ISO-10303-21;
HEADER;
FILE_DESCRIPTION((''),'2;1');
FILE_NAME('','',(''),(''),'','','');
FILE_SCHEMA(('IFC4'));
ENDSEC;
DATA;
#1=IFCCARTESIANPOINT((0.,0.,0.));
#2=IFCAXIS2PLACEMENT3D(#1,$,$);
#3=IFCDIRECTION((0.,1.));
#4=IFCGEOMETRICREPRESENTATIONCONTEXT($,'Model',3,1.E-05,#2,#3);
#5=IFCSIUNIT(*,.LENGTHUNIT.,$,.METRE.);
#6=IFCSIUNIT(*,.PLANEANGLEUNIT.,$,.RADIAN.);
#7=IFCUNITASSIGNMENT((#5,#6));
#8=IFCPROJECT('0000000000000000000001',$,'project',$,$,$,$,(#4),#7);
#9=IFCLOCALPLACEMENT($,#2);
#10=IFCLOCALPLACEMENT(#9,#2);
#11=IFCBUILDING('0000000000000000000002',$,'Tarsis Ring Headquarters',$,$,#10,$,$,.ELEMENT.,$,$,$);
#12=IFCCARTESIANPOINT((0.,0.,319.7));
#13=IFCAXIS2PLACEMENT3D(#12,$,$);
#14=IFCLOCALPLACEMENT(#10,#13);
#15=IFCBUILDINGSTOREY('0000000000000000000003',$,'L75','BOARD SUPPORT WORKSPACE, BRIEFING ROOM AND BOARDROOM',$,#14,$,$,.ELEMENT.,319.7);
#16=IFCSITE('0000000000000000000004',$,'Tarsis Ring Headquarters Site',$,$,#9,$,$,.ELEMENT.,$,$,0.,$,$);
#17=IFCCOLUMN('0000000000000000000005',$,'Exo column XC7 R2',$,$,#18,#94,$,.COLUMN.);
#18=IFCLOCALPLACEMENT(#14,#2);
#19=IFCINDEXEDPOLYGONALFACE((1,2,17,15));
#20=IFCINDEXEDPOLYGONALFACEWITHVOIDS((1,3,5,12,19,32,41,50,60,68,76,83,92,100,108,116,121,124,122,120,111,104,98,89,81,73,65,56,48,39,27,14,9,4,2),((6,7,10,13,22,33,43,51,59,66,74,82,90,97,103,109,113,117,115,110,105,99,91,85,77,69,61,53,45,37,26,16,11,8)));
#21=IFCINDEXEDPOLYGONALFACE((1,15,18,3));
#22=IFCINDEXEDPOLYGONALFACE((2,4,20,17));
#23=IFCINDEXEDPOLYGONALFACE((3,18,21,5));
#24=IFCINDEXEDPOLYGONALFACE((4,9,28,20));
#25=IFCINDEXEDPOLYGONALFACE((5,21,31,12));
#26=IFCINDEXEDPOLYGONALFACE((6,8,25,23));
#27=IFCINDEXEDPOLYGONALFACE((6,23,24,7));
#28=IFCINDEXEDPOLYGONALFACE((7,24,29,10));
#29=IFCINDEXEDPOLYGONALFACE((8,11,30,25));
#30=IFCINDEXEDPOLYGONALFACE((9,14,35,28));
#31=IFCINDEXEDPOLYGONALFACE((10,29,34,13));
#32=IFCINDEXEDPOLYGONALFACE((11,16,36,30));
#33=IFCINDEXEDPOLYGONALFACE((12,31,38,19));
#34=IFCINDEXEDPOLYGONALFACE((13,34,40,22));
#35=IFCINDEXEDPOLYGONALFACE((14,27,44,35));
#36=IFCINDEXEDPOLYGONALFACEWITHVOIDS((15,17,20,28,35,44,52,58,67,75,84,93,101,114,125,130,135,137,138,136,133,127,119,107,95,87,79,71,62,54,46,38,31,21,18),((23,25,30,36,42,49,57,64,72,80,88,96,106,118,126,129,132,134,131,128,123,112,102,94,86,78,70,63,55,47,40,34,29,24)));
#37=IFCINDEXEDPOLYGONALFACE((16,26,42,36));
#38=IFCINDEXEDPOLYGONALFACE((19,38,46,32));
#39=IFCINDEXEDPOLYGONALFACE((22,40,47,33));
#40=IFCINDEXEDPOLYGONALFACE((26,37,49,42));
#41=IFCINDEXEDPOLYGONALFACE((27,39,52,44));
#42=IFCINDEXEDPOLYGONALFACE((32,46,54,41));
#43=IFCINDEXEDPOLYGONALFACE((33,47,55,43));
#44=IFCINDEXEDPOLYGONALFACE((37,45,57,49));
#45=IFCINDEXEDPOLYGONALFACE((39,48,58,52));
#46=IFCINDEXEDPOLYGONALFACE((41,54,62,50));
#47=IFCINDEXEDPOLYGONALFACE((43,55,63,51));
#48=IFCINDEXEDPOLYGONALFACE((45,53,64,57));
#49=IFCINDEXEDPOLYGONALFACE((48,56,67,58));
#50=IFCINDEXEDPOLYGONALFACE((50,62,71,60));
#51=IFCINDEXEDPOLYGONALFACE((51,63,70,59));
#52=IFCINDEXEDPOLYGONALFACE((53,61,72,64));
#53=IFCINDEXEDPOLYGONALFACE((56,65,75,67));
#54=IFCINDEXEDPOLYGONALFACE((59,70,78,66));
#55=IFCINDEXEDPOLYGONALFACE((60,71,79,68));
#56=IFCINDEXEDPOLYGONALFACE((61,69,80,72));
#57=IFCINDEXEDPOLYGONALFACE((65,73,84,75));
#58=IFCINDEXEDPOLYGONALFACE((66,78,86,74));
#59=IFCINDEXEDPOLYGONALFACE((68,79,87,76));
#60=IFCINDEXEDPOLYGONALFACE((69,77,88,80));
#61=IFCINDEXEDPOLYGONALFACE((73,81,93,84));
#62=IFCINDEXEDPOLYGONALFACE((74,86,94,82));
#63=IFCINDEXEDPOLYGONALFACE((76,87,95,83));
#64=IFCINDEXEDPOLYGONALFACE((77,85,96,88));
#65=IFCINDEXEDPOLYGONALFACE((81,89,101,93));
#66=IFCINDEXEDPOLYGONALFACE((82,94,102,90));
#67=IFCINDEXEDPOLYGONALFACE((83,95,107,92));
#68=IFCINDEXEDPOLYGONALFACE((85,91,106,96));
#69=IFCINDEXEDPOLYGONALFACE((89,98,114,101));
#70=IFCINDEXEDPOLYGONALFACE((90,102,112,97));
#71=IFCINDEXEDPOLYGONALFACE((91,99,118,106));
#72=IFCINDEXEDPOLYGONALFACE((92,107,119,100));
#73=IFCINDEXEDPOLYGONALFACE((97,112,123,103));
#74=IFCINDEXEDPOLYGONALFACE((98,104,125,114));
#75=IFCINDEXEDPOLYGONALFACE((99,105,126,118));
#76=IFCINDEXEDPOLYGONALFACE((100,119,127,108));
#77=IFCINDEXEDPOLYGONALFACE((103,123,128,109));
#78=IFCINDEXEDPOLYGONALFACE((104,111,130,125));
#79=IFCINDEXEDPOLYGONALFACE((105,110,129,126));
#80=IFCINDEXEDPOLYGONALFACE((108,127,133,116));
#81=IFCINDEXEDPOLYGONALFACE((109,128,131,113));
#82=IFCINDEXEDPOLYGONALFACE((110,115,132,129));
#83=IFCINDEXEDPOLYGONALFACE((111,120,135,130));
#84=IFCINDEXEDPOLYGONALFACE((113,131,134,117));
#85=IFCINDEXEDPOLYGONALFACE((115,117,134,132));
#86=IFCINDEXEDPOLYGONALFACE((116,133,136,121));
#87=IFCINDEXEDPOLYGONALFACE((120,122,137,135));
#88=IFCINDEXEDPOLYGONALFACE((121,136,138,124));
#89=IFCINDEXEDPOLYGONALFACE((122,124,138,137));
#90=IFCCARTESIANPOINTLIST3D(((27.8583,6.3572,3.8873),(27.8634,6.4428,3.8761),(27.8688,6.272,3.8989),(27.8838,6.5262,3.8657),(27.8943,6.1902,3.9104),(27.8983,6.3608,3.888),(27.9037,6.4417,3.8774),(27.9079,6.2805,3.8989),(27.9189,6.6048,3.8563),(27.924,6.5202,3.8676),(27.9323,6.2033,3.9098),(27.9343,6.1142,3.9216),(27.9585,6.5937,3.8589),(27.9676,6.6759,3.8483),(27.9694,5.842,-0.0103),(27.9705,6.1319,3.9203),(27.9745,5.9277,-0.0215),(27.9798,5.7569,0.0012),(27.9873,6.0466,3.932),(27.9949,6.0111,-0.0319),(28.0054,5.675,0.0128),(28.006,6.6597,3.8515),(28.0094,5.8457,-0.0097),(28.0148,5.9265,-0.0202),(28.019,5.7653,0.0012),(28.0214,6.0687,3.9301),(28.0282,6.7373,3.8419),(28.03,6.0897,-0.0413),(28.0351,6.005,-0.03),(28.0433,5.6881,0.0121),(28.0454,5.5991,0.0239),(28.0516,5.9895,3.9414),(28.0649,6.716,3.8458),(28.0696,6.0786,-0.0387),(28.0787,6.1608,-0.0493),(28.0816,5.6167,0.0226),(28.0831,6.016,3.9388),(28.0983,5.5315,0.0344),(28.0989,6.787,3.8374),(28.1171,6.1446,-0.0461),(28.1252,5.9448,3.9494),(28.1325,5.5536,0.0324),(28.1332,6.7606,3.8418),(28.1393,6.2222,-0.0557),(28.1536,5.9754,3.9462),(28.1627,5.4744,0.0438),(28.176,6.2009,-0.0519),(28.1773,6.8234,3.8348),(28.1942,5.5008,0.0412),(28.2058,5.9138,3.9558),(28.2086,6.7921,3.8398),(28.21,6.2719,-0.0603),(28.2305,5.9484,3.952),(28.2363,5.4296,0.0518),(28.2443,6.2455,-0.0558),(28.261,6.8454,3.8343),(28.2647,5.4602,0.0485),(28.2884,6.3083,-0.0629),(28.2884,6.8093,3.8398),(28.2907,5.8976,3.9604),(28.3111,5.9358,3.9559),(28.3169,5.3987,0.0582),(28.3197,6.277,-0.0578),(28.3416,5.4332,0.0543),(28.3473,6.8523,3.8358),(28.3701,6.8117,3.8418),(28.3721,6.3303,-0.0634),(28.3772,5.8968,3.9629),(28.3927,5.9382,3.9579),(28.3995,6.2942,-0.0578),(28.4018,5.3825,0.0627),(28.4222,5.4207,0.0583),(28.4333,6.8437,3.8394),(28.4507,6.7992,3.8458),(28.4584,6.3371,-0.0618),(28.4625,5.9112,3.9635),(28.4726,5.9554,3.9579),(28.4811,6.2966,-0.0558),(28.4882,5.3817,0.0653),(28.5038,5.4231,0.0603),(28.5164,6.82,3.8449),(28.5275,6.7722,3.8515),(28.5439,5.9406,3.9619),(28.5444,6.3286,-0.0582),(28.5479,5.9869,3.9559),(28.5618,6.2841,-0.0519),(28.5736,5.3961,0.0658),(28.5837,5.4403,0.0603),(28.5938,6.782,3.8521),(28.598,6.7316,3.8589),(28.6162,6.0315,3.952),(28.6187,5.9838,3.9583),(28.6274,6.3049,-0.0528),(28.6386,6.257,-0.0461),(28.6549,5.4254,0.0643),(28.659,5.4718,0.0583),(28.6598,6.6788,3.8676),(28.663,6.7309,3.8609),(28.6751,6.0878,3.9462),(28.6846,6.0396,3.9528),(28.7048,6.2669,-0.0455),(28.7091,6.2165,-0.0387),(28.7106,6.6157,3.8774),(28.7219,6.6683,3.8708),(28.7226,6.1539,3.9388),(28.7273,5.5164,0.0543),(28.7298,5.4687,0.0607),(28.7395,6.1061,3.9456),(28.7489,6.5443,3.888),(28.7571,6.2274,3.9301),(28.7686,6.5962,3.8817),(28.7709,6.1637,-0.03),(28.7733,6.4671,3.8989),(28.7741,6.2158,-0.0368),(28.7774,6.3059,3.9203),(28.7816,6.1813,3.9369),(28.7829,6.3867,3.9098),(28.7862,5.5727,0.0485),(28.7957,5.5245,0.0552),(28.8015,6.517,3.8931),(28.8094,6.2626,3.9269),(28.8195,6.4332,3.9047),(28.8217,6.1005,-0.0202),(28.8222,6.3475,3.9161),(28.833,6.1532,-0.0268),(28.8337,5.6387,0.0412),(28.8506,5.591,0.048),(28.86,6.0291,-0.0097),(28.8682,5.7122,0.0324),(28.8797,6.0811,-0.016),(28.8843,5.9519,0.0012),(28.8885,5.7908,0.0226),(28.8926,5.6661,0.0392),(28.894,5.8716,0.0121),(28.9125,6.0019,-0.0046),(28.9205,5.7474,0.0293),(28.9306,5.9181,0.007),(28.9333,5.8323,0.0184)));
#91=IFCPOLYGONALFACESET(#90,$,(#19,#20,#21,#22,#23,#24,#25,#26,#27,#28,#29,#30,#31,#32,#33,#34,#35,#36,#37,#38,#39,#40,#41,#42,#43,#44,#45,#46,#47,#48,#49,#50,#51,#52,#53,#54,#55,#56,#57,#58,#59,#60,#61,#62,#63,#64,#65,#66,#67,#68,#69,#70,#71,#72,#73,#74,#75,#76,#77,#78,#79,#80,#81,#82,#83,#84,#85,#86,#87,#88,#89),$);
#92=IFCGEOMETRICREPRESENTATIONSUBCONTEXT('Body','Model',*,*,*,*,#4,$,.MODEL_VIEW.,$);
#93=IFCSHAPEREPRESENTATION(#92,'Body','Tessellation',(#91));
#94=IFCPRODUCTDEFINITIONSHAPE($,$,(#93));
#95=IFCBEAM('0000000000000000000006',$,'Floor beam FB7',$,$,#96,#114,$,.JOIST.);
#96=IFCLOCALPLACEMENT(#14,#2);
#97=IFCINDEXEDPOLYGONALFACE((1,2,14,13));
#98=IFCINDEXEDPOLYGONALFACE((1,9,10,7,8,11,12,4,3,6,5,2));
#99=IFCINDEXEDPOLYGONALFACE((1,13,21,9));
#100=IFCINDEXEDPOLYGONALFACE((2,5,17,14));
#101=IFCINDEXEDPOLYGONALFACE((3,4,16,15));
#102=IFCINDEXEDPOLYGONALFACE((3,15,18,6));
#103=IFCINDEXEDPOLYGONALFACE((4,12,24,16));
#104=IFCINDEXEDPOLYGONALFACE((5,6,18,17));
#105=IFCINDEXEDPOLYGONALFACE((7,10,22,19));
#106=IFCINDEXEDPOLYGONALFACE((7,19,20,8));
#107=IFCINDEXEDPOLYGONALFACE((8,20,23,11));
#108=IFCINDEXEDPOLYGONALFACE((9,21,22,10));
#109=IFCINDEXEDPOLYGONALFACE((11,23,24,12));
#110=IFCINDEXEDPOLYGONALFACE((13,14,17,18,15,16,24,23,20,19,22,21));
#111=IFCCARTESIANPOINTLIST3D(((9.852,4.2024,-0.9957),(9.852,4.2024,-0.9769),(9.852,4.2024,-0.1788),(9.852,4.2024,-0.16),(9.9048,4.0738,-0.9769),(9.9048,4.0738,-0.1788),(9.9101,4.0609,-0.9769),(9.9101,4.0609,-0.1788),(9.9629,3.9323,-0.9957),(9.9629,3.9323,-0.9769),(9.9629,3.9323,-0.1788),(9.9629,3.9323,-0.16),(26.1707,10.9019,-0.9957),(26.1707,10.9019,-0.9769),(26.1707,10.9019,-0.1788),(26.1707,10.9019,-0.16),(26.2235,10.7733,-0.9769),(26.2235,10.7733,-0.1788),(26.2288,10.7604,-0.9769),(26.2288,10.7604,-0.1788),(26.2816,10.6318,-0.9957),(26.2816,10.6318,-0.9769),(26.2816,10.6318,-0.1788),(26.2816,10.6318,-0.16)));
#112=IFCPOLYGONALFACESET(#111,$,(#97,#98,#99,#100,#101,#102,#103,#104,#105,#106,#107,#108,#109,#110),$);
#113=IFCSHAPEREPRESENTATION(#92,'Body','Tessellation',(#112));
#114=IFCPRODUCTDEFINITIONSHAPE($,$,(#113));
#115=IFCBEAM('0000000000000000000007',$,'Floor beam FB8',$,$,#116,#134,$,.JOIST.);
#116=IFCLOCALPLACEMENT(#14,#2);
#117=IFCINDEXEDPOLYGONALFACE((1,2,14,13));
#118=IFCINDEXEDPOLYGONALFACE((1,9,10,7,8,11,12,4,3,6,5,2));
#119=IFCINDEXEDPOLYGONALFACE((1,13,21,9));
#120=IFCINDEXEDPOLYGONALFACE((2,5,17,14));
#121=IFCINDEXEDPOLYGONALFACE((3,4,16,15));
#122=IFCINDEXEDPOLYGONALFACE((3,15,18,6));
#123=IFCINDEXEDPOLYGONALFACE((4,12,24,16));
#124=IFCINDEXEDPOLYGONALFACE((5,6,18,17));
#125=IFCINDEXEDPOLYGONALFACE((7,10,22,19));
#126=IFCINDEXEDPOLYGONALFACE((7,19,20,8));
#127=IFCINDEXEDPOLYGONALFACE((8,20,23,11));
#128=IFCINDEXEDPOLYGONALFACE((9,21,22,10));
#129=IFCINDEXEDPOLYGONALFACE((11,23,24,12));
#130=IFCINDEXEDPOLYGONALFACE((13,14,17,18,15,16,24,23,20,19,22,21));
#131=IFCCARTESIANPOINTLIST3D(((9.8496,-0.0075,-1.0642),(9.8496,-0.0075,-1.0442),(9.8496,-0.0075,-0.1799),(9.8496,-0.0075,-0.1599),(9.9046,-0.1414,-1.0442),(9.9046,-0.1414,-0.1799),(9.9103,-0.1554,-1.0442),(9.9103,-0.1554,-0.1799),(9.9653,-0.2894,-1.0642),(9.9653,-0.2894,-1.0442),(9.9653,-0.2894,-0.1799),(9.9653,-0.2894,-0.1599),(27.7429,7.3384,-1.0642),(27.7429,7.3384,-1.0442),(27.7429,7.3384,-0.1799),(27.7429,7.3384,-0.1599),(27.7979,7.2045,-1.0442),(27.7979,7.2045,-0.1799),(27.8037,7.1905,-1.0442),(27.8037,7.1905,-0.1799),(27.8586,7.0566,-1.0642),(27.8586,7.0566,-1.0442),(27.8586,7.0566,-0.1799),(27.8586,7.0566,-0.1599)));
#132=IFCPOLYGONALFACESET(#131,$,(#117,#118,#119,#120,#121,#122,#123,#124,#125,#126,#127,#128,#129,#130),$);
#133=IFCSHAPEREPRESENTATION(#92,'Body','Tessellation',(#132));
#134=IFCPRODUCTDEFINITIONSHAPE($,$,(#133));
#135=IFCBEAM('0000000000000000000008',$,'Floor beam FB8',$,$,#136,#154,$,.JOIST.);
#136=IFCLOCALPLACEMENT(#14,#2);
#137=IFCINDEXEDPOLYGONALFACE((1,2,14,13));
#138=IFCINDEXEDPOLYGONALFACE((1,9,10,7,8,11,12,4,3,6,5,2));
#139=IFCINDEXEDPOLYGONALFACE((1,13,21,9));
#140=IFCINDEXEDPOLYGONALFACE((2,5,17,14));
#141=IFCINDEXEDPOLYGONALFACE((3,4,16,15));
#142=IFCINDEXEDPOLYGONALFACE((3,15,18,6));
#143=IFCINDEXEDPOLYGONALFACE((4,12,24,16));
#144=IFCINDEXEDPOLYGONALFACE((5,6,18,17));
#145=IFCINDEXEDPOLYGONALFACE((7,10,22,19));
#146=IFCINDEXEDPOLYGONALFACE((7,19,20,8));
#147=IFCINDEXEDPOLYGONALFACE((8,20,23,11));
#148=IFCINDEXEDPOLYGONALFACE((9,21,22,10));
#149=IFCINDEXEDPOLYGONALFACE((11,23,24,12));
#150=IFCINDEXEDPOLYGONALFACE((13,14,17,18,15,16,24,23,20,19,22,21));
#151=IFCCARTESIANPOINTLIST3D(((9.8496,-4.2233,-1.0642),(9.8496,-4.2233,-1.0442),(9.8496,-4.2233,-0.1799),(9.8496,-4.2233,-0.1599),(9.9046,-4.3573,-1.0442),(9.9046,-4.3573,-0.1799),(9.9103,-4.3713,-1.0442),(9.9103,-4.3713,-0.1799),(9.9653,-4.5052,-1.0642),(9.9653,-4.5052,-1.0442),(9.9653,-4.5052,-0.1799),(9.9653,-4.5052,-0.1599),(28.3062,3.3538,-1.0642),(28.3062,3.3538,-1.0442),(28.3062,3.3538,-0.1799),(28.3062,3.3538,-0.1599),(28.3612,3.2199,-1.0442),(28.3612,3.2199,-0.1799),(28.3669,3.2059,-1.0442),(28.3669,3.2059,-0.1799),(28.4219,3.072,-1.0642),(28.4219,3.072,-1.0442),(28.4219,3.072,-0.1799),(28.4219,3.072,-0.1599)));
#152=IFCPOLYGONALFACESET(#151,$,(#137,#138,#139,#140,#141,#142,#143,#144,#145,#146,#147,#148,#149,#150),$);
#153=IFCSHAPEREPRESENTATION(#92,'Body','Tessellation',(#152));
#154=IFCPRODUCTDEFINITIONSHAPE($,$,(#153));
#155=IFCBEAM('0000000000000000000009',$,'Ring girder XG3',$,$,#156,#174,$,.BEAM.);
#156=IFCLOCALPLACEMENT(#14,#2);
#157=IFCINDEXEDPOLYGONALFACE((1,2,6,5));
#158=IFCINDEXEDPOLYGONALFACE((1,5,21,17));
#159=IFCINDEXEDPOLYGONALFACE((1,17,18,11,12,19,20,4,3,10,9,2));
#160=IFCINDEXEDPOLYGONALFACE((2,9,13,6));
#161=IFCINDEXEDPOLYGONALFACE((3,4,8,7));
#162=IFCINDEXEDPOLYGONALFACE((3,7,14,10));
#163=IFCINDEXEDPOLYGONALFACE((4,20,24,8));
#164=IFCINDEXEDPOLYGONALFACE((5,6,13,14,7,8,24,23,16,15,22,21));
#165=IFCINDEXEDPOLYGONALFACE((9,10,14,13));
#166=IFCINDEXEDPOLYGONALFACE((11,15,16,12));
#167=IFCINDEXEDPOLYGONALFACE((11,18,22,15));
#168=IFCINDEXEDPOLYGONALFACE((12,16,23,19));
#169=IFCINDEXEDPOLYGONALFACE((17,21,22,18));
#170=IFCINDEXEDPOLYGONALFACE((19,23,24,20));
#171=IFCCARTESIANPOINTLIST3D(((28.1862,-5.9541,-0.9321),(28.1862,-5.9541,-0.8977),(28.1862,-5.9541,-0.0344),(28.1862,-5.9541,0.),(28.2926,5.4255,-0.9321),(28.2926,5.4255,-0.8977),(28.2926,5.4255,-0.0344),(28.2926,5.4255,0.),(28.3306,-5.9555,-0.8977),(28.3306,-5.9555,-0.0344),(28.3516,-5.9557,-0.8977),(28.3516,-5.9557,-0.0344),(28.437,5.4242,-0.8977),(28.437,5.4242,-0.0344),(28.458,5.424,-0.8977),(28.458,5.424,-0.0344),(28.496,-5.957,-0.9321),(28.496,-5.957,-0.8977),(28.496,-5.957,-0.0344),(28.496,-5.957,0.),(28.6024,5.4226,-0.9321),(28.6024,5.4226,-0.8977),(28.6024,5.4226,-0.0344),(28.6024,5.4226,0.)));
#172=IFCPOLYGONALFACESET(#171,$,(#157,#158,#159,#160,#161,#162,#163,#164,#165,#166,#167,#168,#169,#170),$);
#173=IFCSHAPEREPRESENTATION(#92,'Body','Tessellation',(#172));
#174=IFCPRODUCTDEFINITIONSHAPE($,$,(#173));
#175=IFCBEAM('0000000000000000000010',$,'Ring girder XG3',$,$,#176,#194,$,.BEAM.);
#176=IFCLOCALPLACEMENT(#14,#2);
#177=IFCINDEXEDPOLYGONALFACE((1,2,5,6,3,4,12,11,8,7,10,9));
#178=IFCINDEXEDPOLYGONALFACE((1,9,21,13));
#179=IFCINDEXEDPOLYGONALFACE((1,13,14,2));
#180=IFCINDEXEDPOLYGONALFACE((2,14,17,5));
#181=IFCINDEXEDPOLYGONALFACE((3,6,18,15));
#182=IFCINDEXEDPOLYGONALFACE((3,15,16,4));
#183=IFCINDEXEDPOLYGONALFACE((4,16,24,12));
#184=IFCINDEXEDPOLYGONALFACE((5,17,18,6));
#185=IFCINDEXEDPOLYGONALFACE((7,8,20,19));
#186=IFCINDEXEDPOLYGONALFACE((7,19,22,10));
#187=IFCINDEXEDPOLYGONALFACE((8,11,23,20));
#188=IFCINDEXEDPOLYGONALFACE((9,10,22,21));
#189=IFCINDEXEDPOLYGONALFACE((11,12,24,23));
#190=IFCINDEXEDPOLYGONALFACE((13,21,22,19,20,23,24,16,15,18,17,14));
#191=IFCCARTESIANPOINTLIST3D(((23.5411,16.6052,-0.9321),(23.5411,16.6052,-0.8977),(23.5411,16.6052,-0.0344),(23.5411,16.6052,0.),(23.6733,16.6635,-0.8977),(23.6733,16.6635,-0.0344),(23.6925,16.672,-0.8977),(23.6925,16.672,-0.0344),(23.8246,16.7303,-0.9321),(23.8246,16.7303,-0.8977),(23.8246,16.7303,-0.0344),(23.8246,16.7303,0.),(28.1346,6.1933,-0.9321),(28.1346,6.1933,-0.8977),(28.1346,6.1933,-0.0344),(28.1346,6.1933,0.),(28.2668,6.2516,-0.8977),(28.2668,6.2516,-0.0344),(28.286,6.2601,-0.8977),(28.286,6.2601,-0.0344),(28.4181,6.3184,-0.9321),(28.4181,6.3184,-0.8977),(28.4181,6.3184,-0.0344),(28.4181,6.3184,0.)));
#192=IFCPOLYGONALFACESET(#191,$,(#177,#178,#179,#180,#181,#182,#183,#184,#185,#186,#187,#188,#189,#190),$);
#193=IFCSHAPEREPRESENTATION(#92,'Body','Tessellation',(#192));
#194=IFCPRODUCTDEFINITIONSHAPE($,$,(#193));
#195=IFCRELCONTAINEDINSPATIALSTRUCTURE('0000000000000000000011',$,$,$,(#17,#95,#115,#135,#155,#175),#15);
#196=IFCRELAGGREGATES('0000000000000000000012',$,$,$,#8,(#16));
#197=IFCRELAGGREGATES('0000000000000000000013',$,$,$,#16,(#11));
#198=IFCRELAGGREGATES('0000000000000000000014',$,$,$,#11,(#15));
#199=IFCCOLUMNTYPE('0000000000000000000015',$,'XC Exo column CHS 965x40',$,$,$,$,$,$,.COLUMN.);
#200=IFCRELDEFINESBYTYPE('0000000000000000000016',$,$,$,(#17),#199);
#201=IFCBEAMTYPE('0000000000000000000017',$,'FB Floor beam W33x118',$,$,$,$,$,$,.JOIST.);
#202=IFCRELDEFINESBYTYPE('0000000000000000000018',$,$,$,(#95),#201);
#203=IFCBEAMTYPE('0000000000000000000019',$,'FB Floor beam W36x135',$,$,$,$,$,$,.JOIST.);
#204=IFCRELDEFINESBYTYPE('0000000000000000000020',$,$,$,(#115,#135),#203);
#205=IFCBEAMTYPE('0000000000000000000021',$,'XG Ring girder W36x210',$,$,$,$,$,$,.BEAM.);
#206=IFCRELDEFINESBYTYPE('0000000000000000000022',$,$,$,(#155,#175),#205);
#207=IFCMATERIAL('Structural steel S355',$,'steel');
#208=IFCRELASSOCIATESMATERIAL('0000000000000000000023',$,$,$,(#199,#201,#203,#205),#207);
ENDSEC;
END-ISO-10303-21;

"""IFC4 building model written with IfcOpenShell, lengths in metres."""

from ifc_helpers import new_model, si_unit, direction, frame, origin, origin_2d, place, context, subcontext, project, spatial, hollow_circle, i_section, extrude, material, material_profile, profile_set, type_object, element, save


model = new_model("IFC4")

# Units and contexts
model_context = context("Model", 3, precision=1e-05, world=origin(), true_north=direction((0.0, 1.0)))
body_context = subcontext(model_context, "Body", "Model", "MODEL_VIEW")
ifc_project = project(units=[si_unit("LENGTHUNIT", "METRE"), si_unit("PLANEANGLEUNIT", "RADIAN")], contexts=[model_context])

# Site, building, storey
site_placement = place(None, origin())
site = spatial("IfcSite", under=ifc_project, at=site_placement, Name="Tarsis Ring Headquarters Site", CompositionType="ELEMENT", RefElevation=0.0)
building_placement = place(site_placement, origin())
building = spatial("IfcBuilding", under=site, at=building_placement, Name="Tarsis Ring Headquarters", CompositionType="ELEMENT")
storey_placement = place(building_placement, frame((0.0, 0.0, 319.7)))
storey = spatial("IfcBuildingStorey", under=building, at=storey_placement, Name="L75", Description="BOARD SUPPORT WORKSPACE, BRIEFING ROOM AND BOARDROOM", CompositionType="ELEMENT", Elevation=319.7)

# Column
ifc_material_1 = material(Name="Structural steel S355", Category="steel")
ifc_material_profile_1 = material_profile(ifc_material_1, hollow_circle(Radius=0.4827, WallThickness=0.04, at=origin_2d()), Name="CHS 965x40")
ifc_profile_set_1 = profile_set([ifc_material_profile_1], Name="Structural steel S355")
column_type = type_object("IfcColumnType", Name="XC Exo column CHS 965x40", PredefinedType="COLUMN", material=ifc_profile_set_1)
column_placement = place(storey_placement, frame((28.4517, 5.8586, 0.0012), z_axis=(-0.028243, 0.130972, 0.990984), x_axis=(-0.97753, -0.210794, 0.0)))
element("IfcColumn", 1, at=column_placement, inside=storey, type_object=column_type, Name="Exo column XC7 R2", PredefinedType="COLUMN", context=body_context, shape_type="SweptSolid", body=[
    extrude(hollow_circle(Radius=0.4827, WallThickness=0.04, at=origin_2d()), origin(), (0.0, 0.0, 1.0), 3.9331),
])

# Beams
ifc_material_profile_2 = material_profile(ifc_material_1, i_section(OverallWidth=0.292, OverallDepth=0.8357, WebThickness=0.0139, FlangeThickness=0.0188, at=origin_2d()), Name="W33x118")
ifc_profile_set_2 = profile_set([ifc_material_profile_2], Name="Structural steel S355")
beam_type_1 = type_object("IfcBeamType", Name="FB Floor beam W33x118", PredefinedType="JOIST", material=ifc_profile_set_2)
beam_1_placement = place(storey_placement, frame((9.9075, 4.0674, -0.5779), z_axis=(0.925076, 0.379782, 0.0), x_axis=(-0.379782, 0.925076, 0.0)))
element("IfcBeam", 2, at=beam_1_placement, inside=storey, type_object=beam_type_1, Name="Floor beam FB7", PredefinedType="JOIST", context=body_context, shape_type="SweptSolid", body=[
    extrude(i_section(OverallWidth=0.292, OverallDepth=0.8357, WebThickness=0.0139, FlangeThickness=0.0188, at=origin_2d()), origin(), (0.0, 0.0, 1.0), 17.6404),
])
ifc_material_profile_3 = material_profile(ifc_material_1, i_section(OverallWidth=0.3047, OverallDepth=0.9043, WebThickness=0.0151, FlangeThickness=0.02, at=origin_2d()), Name="W36x135")
ifc_profile_set_3 = profile_set([ifc_material_profile_3], Name="Structural steel S355")
beam_type_2 = type_object("IfcBeamType", Name="FB Floor beam W36x135", PredefinedType="JOIST", material=ifc_profile_set_3)
beam_2_placement = place(storey_placement, frame((9.9075, -0.1484, -0.6121), z_axis=(0.925076, 0.379782, 0.0), x_axis=(-0.379782, 0.925076, 0.0)))
element("IfcBeam", 3, at=beam_2_placement, inside=storey, type_object=beam_type_2, Name="Floor beam FB8", PredefinedType="JOIST", context=body_context, shape_type="SweptSolid", body=[
    extrude(i_section(OverallWidth=0.3047, OverallDepth=0.9043, WebThickness=0.0151, FlangeThickness=0.02, at=origin_2d()), origin(), (0.0, 0.0, 1.0), 19.3425),
])
beam_3_placement = place(storey_placement, frame((9.9075, -4.3643, -0.6121), z_axis=(0.925076, 0.379781, 0.0), x_axis=(-0.379781, 0.925076, 0.0)))
element("IfcBeam", 4, at=beam_3_placement, inside=storey, type_object=beam_type_2, Name="Floor beam FB8", PredefinedType="JOIST", context=body_context, shape_type="SweptSolid", body=[
    extrude(i_section(OverallWidth=0.3047, OverallDepth=0.9043, WebThickness=0.0151, FlangeThickness=0.02, at=origin_2d()), origin(), (0.0, 0.0, 1.0), 19.9514),
])
ifc_material_profile_4 = material_profile(ifc_material_1, i_section(OverallWidth=0.3098, OverallDepth=0.9321, WebThickness=0.021, FlangeThickness=0.0344, at=origin_2d()), Name="W36x210")
ifc_profile_set_4 = profile_set([ifc_material_profile_4], Name="Structural steel S355")
beam_type_3 = type_object("IfcBeamType", Name="XG Ring girder W36x210", PredefinedType="BEAM", material=ifc_profile_set_4)
for number, where, z_axis, x_axis, name in (
    (5, (28.3411, -5.9556, -0.4661), (0.009354, 0.999956, 0.0), (-0.999956, 0.009354, 0.0), "Ring girder XG3"),
    (6, (28.2764, 6.2559, -0.4661), (-0.403643, 0.914917, 0.0), (-0.914917, -0.403643, 0.0), "Ring girder XG3"),
):
    element("IfcBeam", number, at=place(storey_placement, frame(where, z_axis=z_axis, x_axis=x_axis)), inside=storey, type_object=beam_type_3, Name=name, PredefinedType="BEAM", context=body_context, shape_type="SweptSolid", body=[
        extrude(i_section(OverallWidth=0.3098, OverallDepth=0.9321, WebThickness=0.021, FlangeThickness=0.0344, at=origin_2d()), origin(), (0.0, 0.0, 1.0), 11.3801),
    ])

save(model, "model.ifc")
